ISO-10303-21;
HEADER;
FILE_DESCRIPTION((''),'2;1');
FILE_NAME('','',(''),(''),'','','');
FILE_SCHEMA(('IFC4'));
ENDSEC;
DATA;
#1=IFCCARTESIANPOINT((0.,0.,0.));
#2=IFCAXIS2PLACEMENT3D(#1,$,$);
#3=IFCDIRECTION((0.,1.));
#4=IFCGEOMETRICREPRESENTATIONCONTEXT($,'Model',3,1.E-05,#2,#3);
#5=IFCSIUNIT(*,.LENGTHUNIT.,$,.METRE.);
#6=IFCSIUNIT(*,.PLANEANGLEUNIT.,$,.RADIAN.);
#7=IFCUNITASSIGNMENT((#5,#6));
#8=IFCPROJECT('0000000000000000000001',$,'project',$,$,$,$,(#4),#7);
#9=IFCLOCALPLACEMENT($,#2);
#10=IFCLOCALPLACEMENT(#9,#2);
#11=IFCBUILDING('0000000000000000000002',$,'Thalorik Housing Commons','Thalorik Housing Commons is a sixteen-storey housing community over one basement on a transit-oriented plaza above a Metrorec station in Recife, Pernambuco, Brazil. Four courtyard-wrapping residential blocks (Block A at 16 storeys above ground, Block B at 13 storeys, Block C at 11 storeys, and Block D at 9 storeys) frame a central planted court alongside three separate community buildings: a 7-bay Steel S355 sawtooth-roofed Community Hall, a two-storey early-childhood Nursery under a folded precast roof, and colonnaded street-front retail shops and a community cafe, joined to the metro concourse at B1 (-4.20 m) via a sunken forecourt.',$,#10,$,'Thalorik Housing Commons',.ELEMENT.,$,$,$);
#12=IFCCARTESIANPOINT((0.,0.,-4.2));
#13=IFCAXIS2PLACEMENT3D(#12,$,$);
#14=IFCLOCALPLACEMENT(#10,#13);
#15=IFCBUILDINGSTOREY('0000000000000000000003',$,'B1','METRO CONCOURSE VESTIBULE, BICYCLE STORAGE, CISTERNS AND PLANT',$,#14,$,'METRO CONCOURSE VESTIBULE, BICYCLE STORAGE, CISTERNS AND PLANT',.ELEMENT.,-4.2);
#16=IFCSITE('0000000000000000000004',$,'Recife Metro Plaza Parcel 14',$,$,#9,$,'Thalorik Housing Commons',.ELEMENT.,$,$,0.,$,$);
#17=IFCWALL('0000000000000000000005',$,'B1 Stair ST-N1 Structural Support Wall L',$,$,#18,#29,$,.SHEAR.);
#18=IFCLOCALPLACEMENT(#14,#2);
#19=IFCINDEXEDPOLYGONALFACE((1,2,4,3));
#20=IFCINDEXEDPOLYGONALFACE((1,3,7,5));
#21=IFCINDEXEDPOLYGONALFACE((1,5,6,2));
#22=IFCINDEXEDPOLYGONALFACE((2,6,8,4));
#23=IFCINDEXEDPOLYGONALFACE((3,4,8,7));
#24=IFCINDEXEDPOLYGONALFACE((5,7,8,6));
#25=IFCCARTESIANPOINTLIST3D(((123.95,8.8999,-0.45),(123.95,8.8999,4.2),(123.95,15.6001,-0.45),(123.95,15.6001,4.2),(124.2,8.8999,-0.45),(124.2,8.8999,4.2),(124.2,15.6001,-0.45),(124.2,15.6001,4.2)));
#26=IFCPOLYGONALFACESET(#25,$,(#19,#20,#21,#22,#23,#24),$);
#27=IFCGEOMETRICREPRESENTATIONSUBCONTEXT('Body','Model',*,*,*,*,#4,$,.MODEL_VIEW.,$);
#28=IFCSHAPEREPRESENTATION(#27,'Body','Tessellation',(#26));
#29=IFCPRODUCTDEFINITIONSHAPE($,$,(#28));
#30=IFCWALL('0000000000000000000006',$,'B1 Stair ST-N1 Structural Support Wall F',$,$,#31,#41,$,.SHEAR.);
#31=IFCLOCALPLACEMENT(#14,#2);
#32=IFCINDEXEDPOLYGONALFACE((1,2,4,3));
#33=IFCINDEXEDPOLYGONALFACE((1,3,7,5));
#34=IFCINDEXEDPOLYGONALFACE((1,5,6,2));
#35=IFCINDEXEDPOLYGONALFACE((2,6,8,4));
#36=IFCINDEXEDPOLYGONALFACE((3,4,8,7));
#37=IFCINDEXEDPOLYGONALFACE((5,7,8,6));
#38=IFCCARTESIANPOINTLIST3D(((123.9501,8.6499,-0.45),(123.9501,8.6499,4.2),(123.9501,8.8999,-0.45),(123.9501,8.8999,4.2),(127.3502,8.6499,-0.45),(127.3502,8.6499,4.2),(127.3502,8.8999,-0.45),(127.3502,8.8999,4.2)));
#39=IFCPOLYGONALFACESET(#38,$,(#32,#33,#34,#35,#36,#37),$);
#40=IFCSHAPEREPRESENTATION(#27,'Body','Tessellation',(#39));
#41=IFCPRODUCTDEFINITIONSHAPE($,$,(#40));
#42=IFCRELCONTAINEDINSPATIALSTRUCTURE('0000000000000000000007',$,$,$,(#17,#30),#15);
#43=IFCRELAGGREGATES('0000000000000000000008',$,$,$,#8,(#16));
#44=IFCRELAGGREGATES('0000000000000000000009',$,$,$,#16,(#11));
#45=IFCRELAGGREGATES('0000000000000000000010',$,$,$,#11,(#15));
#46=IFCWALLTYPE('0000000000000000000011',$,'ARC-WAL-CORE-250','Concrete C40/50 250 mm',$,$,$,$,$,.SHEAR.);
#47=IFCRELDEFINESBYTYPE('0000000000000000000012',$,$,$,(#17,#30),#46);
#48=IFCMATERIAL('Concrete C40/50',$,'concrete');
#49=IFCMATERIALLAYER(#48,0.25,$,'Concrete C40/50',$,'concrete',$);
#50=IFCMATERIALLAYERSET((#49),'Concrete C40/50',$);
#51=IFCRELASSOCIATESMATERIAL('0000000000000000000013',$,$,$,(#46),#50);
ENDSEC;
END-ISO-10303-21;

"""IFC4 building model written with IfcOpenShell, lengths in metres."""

from ifc_helpers import new_model, si_unit, direction, frame, frame_2d, origin, place, context, subcontext, project, spatial, rectangle, extrude, material, layer, layer_set, type_object, element, save


model = new_model("IFC4")

# Units and contexts
model_context = context("Model", 3, precision=1e-05, world=origin(), true_north=direction((0.0, 1.0)))
body_context = subcontext(model_context, "Body", "Model", "MODEL_VIEW")
ifc_project = project(units=[si_unit("LENGTHUNIT", "METRE"), si_unit("PLANEANGLEUNIT", "RADIAN")], contexts=[model_context])

# Site, building, storey
site_placement = place(None, origin())
site = spatial("IfcSite", under=ifc_project, at=site_placement, Name="Recife Metro Plaza Parcel 14", LongName="Thalorik Housing Commons", CompositionType="ELEMENT", RefElevation=0.0)
building_placement = place(site_placement, origin())
building = spatial("IfcBuilding", under=site, at=building_placement, Name="Thalorik Housing Commons", Description="Thalorik Housing Commons is a sixteen-storey housing community over one basement on a transit-oriented plaza above a Metrorec station in Recife, Pernambuco, Brazil. Four courtyard-wrapping residential blocks (Block A at 16 storeys above ground, Block B at 13 storeys, Block C at 11 storeys, and Block D at 9 storeys) frame a central planted court alongside three separate community buildings: a 7-bay Steel S355 sawtooth-roofed Community Hall, a two-storey early-childhood Nursery under a folded precast roof, and colonnaded street-front retail shops and a community cafe, joined to the metro concourse at B1 (-4.20 m) via a sunken forecourt.", LongName="Thalorik Housing Commons", CompositionType="ELEMENT")
storey_placement = place(building_placement, frame((0.0, 0.0, -4.2)))
storey = spatial("IfcBuildingStorey", under=building, at=storey_placement, Name="B1", Description="METRO CONCOURSE VESTIBULE, BICYCLE STORAGE, CISTERNS AND PLANT", LongName="METRO CONCOURSE VESTIBULE, BICYCLE STORAGE, CISTERNS AND PLANT", CompositionType="ELEMENT", Elevation=-4.2)

# Shared definitions
ifc_material_1 = material(Name="Concrete C40/50", Category="concrete")

# Walls
ifc_layer = layer(ifc_material_1, 0.25, Name="Concrete C40/50", Category="concrete")
ifc_layer_set = layer_set([ifc_layer], Name="Concrete C40/50")
wall_type = type_object("IfcWallType", Name="ARC-WAL-CORE-250", Description="Concrete C40/50 250 mm", PredefinedType="SHEAR", material=ifc_layer_set)
wall_1_placement = place(storey_placement, frame((124.075, 15.6001, -0.45), z_axis=(0.0, 0.0, 1.0), x_axis=(0.0, -1.0, 0.0)))
element("IfcWall", 1, at=wall_1_placement, inside=storey, type_object=wall_type, Name="B1 Stair ST-N1 Structural Support Wall L", PredefinedType="SHEAR", context=body_context, shape_type="SweptSolid", body=[
    extrude(rectangle(XDim=6.7002, YDim=0.25, at=frame_2d((3.3501, 0.0))), origin(), (0.0, 0.0, 1.0), 4.6499),
])
wall_2_placement = place(storey_placement, frame((123.95, 8.7749, -0.45), z_axis=(0.0, 0.0, 1.0), x_axis=(1.0, 0.0, 0.0)))
element("IfcWall", 2, at=wall_2_placement, inside=storey, type_object=wall_type, Name="B1 Stair ST-N1 Structural Support Wall F", PredefinedType="SHEAR", context=body_context, shape_type="SweptSolid", body=[
    extrude(rectangle(XDim=3.4001, YDim=0.25, at=frame_2d((1.7002, 0.0))), origin(), (0.0, 0.0, 1.0), 4.6499),
])

save(model, "model.ifc")
